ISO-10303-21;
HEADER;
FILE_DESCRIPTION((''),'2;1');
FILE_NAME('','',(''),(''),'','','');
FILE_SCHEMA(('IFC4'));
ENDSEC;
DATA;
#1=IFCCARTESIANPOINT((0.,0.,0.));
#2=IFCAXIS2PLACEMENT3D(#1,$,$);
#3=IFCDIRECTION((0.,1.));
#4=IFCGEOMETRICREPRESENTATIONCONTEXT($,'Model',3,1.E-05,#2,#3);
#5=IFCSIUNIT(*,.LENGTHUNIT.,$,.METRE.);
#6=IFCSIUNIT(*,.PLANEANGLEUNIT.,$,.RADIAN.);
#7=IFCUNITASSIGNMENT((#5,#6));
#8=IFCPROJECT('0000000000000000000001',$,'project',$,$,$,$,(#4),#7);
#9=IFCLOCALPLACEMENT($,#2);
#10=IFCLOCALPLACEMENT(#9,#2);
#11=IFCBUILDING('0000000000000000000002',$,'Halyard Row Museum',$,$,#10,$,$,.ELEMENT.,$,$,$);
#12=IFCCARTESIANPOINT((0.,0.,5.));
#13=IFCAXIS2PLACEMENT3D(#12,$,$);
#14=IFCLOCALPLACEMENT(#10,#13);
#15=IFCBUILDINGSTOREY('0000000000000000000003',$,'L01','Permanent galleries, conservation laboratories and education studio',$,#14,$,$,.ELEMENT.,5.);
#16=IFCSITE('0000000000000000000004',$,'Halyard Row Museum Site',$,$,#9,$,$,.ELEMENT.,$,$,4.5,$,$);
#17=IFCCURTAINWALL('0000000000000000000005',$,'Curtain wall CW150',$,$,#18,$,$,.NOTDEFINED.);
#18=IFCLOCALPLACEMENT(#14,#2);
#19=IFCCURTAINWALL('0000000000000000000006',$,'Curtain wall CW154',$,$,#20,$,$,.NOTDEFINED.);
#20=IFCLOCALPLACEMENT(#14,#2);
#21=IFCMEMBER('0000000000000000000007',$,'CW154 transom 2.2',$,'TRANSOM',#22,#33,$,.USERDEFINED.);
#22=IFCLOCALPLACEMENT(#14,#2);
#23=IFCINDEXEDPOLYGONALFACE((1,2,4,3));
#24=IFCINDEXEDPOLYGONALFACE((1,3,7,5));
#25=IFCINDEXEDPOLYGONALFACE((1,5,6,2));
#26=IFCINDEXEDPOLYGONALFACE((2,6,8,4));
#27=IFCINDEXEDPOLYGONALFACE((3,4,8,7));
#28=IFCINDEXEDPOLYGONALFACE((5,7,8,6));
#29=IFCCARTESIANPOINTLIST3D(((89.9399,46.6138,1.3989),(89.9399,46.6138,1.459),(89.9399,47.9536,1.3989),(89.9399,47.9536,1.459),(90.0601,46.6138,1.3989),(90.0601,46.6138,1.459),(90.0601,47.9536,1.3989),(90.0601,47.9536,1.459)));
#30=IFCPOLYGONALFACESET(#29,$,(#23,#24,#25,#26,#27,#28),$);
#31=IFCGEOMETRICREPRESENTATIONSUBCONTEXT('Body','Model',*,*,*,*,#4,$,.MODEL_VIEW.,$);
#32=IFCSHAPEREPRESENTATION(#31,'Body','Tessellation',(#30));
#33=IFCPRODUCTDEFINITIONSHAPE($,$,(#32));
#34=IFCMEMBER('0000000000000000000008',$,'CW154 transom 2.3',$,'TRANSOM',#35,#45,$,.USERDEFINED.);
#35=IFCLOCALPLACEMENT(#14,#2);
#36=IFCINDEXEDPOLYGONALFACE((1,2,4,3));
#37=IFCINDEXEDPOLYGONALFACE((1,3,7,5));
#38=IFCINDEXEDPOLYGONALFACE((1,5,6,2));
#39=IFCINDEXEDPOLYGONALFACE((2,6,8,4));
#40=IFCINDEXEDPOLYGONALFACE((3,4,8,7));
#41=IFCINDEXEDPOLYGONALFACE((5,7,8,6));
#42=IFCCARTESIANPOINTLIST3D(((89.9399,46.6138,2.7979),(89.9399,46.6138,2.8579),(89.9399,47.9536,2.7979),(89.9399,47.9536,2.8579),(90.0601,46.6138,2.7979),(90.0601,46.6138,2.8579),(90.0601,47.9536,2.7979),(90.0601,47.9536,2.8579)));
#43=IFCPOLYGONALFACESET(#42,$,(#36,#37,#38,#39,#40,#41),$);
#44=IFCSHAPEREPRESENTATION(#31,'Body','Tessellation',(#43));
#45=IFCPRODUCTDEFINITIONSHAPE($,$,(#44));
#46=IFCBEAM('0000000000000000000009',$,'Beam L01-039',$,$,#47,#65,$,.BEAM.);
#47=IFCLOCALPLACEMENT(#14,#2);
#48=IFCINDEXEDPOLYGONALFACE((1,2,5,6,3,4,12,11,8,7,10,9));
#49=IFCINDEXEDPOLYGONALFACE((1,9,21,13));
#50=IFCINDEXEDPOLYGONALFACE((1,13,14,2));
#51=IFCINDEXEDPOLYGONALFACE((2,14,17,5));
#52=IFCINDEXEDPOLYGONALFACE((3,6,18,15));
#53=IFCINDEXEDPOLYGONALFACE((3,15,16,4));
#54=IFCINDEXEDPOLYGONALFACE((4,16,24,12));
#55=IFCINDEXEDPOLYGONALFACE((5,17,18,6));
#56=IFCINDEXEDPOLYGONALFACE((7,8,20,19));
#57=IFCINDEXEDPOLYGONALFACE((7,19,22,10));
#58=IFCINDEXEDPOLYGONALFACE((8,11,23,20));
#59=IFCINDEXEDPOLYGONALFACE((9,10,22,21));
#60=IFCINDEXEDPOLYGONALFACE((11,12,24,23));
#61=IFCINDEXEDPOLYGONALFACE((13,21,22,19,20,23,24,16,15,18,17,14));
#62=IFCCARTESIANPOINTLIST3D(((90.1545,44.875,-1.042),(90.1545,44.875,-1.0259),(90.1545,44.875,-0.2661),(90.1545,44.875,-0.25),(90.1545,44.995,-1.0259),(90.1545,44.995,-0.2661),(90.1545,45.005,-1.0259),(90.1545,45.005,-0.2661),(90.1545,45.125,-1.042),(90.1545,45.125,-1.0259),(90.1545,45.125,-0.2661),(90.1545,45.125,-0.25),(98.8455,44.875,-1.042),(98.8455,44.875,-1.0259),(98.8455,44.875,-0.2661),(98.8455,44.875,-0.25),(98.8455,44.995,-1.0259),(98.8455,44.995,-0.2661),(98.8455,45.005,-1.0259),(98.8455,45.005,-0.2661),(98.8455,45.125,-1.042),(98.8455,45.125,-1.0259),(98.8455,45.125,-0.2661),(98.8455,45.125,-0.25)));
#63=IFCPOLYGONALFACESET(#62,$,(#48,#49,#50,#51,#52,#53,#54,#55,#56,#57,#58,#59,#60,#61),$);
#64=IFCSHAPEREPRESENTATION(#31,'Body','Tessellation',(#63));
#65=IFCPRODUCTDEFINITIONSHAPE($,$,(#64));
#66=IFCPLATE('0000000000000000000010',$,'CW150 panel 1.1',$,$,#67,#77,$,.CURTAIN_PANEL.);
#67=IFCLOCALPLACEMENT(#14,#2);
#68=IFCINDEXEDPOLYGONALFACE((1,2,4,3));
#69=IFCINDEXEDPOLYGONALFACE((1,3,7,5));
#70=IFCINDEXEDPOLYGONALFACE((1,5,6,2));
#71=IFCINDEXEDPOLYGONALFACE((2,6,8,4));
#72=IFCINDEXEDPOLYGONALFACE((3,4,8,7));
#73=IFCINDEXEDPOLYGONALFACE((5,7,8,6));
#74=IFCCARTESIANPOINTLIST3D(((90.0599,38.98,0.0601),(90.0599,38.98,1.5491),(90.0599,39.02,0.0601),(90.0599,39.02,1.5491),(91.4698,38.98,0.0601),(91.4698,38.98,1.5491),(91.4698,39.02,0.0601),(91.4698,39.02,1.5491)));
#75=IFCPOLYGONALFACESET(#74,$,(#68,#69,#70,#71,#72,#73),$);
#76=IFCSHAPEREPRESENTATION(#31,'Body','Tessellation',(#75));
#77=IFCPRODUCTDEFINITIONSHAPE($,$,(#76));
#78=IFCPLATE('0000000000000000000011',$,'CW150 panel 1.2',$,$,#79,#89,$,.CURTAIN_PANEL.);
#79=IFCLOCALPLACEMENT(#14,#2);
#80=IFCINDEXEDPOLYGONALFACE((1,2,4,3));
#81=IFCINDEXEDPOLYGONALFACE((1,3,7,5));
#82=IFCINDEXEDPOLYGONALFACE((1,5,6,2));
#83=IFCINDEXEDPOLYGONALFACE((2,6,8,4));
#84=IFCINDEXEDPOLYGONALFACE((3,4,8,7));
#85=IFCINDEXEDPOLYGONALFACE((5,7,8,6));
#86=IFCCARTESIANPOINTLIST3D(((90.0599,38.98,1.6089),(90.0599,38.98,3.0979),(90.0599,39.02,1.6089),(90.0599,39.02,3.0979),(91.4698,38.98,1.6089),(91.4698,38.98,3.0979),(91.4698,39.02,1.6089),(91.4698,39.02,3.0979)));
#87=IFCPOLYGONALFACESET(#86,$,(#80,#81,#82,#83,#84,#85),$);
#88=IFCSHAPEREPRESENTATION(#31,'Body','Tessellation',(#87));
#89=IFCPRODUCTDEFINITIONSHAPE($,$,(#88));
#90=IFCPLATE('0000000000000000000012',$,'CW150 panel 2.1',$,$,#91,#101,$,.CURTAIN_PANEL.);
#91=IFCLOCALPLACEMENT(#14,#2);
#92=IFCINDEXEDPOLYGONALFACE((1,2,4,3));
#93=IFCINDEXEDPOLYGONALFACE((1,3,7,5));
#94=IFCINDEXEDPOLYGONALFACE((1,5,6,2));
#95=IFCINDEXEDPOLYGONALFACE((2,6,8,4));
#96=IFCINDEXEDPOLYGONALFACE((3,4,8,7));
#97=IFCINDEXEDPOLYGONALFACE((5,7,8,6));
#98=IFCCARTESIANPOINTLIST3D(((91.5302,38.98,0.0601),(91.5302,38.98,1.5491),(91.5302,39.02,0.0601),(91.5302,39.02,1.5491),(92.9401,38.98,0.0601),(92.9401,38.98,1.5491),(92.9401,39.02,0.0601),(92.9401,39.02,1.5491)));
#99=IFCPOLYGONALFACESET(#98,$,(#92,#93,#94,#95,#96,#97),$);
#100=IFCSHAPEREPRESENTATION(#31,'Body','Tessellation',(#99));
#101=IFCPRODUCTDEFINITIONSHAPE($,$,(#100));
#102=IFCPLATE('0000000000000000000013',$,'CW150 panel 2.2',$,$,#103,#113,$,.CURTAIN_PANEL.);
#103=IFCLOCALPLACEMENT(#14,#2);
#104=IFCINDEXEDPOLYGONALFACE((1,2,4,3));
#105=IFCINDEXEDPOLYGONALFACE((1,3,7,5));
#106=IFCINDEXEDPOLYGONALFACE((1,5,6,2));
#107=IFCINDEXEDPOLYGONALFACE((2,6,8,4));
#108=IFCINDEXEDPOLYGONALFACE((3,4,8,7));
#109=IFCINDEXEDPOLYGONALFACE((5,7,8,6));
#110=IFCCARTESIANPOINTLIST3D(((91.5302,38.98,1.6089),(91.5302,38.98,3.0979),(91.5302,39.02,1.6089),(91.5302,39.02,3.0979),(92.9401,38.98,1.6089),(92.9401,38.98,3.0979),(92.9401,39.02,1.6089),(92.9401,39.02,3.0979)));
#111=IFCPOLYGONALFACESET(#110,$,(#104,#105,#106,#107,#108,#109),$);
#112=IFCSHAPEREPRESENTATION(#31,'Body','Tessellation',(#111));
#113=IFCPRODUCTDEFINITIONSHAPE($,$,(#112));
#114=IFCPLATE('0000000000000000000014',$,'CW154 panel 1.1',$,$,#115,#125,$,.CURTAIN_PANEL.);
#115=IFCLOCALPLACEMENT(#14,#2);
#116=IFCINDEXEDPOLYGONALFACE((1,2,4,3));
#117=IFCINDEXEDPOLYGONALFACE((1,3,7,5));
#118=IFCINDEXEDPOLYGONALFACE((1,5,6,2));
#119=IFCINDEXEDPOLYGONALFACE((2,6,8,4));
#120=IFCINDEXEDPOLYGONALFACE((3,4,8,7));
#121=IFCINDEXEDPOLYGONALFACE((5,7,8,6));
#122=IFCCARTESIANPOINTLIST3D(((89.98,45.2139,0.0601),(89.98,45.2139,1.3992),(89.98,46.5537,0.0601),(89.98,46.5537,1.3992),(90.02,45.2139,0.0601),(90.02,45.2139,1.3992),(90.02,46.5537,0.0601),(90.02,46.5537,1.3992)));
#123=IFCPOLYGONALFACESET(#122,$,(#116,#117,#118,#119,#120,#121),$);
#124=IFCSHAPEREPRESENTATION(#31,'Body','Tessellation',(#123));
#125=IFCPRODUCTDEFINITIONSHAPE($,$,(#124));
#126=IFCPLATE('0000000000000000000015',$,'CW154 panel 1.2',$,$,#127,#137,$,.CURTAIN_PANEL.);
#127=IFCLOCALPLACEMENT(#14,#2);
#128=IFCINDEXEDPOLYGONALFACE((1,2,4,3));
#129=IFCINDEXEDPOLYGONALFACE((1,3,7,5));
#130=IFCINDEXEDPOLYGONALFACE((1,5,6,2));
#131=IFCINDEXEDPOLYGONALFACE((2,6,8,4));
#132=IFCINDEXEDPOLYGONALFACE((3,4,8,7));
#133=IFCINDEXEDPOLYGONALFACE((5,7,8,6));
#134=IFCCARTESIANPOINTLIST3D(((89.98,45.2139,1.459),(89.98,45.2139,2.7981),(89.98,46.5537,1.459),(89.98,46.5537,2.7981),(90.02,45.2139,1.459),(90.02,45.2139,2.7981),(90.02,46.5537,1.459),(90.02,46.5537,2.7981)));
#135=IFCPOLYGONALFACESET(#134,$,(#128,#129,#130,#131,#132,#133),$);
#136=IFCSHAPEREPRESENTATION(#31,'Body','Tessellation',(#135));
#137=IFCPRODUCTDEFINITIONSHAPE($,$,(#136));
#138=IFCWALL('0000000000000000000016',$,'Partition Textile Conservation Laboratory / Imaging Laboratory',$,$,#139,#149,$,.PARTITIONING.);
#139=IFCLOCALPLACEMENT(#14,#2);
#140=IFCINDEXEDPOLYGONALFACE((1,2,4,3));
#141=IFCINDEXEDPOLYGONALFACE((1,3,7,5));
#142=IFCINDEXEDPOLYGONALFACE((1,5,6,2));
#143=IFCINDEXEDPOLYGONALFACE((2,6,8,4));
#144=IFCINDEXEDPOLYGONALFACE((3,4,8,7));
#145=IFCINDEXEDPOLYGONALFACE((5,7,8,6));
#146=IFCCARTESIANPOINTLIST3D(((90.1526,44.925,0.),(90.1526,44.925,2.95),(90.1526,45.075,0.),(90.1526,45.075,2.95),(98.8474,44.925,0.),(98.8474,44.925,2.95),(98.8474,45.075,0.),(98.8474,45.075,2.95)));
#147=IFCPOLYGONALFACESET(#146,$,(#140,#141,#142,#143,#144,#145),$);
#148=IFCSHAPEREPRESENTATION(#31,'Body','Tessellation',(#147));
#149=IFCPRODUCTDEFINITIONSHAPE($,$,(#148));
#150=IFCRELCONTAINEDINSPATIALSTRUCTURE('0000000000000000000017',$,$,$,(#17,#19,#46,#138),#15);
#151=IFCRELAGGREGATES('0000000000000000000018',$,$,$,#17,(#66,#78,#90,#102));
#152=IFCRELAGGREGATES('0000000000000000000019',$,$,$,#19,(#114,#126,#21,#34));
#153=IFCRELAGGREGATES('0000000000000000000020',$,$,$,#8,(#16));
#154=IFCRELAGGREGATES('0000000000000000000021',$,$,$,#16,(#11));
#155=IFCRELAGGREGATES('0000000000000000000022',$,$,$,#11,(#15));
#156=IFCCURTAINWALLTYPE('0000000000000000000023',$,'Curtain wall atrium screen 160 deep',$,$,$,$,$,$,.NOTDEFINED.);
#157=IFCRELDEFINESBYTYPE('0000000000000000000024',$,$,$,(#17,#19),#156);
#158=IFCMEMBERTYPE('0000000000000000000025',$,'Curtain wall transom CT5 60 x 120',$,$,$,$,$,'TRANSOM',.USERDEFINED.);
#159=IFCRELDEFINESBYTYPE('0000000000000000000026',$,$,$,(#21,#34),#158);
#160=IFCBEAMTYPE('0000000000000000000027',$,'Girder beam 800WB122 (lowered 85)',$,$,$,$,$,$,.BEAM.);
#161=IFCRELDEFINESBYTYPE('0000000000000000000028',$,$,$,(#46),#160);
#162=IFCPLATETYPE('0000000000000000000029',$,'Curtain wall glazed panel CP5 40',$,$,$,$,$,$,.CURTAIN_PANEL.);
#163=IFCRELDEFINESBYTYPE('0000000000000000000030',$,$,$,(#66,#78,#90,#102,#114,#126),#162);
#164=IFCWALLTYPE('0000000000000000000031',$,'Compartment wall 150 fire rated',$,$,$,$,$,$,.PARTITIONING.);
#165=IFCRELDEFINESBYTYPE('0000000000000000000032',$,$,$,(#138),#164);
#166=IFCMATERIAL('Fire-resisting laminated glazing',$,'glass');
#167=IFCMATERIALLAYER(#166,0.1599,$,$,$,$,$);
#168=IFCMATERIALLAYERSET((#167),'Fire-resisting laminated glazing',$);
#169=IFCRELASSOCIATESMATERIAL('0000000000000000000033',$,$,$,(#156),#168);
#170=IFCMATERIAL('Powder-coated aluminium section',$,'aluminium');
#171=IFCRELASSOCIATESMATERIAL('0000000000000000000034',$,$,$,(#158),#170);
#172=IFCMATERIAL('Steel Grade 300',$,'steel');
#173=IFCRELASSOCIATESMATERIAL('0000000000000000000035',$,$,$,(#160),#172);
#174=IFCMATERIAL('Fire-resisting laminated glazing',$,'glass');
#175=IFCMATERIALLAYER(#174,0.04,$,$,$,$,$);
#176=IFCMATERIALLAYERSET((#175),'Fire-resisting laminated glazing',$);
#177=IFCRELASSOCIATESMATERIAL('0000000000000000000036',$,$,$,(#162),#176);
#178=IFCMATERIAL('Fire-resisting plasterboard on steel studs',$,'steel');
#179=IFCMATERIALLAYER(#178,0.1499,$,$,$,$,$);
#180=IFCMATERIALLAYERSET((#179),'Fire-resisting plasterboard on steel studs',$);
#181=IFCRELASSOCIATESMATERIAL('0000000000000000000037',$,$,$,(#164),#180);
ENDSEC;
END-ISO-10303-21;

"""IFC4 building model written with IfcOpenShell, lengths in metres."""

from ifc_helpers import new_model, si_unit, direction, frame, frame_2d, origin, origin_2d, place, context, subcontext, project, spatial, rectangle, i_section, extrude, material, layer, layer_set, material_profile, profile_set, type_object, element, aggregate, save


model = new_model("IFC4")

# Units and contexts
model_context = context("Model", 3, precision=1e-05, world=origin(), true_north=direction((0.0, 1.0)))
body_context = subcontext(model_context, "Body", "Model", "MODEL_VIEW")
ifc_project = project(units=[si_unit("LENGTHUNIT", "METRE"), si_unit("PLANEANGLEUNIT", "RADIAN")], contexts=[model_context])

# Site, building, storey
site_placement = place(None, origin())
site = spatial("IfcSite", under=ifc_project, at=site_placement, Name="Halyard Row Museum Site", CompositionType="ELEMENT", RefElevation=4.5)
building_placement = place(site_placement, origin())
building = spatial("IfcBuilding", under=site, at=building_placement, Name="Halyard Row Museum", CompositionType="ELEMENT")
storey_placement = place(building_placement, frame((0.0, 0.0, 5.0)))
storey = spatial("IfcBuildingStorey", under=building, at=storey_placement, Name="L01", Description="Permanent galleries, conservation laboratories and education studio", CompositionType="ELEMENT", Elevation=5.0)

# Curtain walls
ifc_material_1 = material(Name="Fire-resisting laminated glazing", Category="glass")
ifc_layer_1 = layer(ifc_material_1, 0.1599)
ifc_layer_set_1 = layer_set([ifc_layer_1], Name="Fire-resisting laminated glazing")
curtain_wall_type = type_object("IfcCurtainWallType", Name="Curtain wall atrium screen 160 deep", PredefinedType="NOTDEFINED", material=ifc_layer_set_1)
curtain_wall_1_placement = place(storey_placement, origin())
curtain_wall_1 = element("IfcCurtainWall", 1, at=curtain_wall_1_placement, inside=storey, type_object=curtain_wall_type, Name="Curtain wall CW150", PredefinedType="NOTDEFINED")
curtain_wall_2_placement = place(storey_placement, origin())
curtain_wall_2 = element("IfcCurtainWall", 2, at=curtain_wall_2_placement, inside=storey, type_object=curtain_wall_type, Name="Curtain wall CW154", PredefinedType="NOTDEFINED")

# Members
ifc_material_2 = material(Name="Powder-coated aluminium section", Category="aluminium")
ifc_material_profile_1 = material_profile(ifc_material_2, rectangle(XDim=0.1201, YDim=0.0601, at=origin_2d()), Name="120x60 transom")
ifc_profile_set_1 = profile_set([ifc_material_profile_1], Name="Powder-coated aluminium section")
member_type_1 = type_object("IfcMemberType", Name="Curtain wall transom CT5 60 x 120", ElementType="TRANSOM", PredefinedType="USERDEFINED", material=ifc_profile_set_1)
member_1_placement = place(storey_placement, frame((90.0, 46.6138, 1.429), z_axis=(0.0, 1.0, 0.0), x_axis=(-1.0, 0.0, 0.0)))
member_1 = element("IfcMember", 3, at=member_1_placement, type_object=member_type_1, Name="CW154 transom 2.2", ObjectType="TRANSOM", PredefinedType="USERDEFINED", context=body_context, shape_type="SweptSolid", body=[
    extrude(rectangle(XDim=0.1201, YDim=0.0601, at=origin_2d()), origin(), (0.0, 0.0, 1.0), 1.3398),
])
member_2_placement = place(storey_placement, frame((90.0, 46.6138, 2.8279), z_axis=(0.0, 1.0, 0.0), x_axis=(-1.0, 0.0, 0.0)))
member_2 = element("IfcMember", 4, at=member_2_placement, type_object=member_type_1, Name="CW154 transom 2.3", ObjectType="TRANSOM", PredefinedType="USERDEFINED", context=body_context, shape_type="SweptSolid", body=[
    extrude(rectangle(XDim=0.1201, YDim=0.0601, at=origin_2d()), origin(), (0.0, 0.0, 1.0), 1.3398),
])

# Beam
ifc_material_3 = material(Name="Steel Grade 300", Category="steel")
ifc_material_profile_2 = material_profile(ifc_material_3, i_section(OverallWidth=0.25, OverallDepth=0.792, WebThickness=0.01, FlangeThickness=0.0161, at=origin_2d()), Name="800WB122")
ifc_profile_set_2 = profile_set([ifc_material_profile_2], Name="Steel Grade 300")
beam_type = type_object("IfcBeamType", Name="Girder beam 800WB122 (lowered 85)", PredefinedType="BEAM", material=ifc_profile_set_2)
beam_placement = place(storey_placement, frame((90.1545, 45.0, -0.646), z_axis=(1.0, 0.0, 0.0), x_axis=(0.0, 1.0, 0.0)))
element("IfcBeam", 5, at=beam_placement, inside=storey, type_object=beam_type, Name="Beam L01-039", PredefinedType="BEAM", context=body_context, shape_type="SweptSolid", body=[
    extrude(i_section(OverallWidth=0.25, OverallDepth=0.792, WebThickness=0.01, FlangeThickness=0.0161, at=origin_2d()), origin(), (0.0, 0.0, 1.0), 8.6909),
])

# Plates
ifc_material_4 = material(Name="Fire-resisting laminated glazing", Category="glass")
ifc_layer_2 = layer(ifc_material_4, 0.04)
ifc_layer_set_2 = layer_set([ifc_layer_2], Name="Fire-resisting laminated glazing")
plate_type = type_object("IfcPlateType", Name="Curtain wall glazed panel CP5 40", PredefinedType="CURTAIN_PANEL", material=ifc_layer_set_2)
plate_1_placement = place(storey_placement, frame((90.7649, 39.0, 0.0601), z_axis=(0.0, 0.0, 1.0), x_axis=(1.0, 0.0, 0.0)))
plate_1 = element("IfcPlate", 6, at=plate_1_placement, type_object=plate_type, Name="CW150 panel 1.1", PredefinedType="CURTAIN_PANEL", context=body_context, shape_type="SweptSolid", body=[
    extrude(rectangle(XDim=1.4099, YDim=0.04, at=origin_2d()), origin(), (0.0, 0.0, 1.0), 1.489),
])
plate_2_placement = place(storey_placement, frame((90.7649, 39.0, 1.6089), z_axis=(0.0, 0.0, 1.0), x_axis=(1.0, 0.0, 0.0)))
plate_2 = element("IfcPlate", 7, at=plate_2_placement, type_object=plate_type, Name="CW150 panel 1.2", PredefinedType="CURTAIN_PANEL", context=body_context, shape_type="SweptSolid", body=[
    extrude(rectangle(XDim=1.4099, YDim=0.04, at=origin_2d()), origin(), (0.0, 0.0, 1.0), 1.489),
])
plate_3_placement = place(storey_placement, frame((92.2351, 39.0, 0.0601), z_axis=(0.0, 0.0, 1.0), x_axis=(1.0, 0.0, 0.0)))
plate_3 = element("IfcPlate", 8, at=plate_3_placement, type_object=plate_type, Name="CW150 panel 2.1", PredefinedType="CURTAIN_PANEL", context=body_context, shape_type="SweptSolid", body=[
    extrude(rectangle(XDim=1.4099, YDim=0.04, at=origin_2d()), origin(), (0.0, 0.0, 1.0), 1.489),
])
plate_4_placement = place(storey_placement, frame((92.2351, 39.0, 1.6089), z_axis=(0.0, 0.0, 1.0), x_axis=(1.0, 0.0, 0.0)))
plate_4 = element("IfcPlate", 9, at=plate_4_placement, type_object=plate_type, Name="CW150 panel 2.2", PredefinedType="CURTAIN_PANEL", context=body_context, shape_type="SweptSolid", body=[
    extrude(rectangle(XDim=1.4099, YDim=0.04, at=origin_2d()), origin(), (0.0, 0.0, 1.0), 1.489),
])
aggregate(curtain_wall_1, [plate_1, plate_2, plate_3, plate_4])
plate_5_placement = place(storey_placement, frame((90.0, 45.8838, 0.0601), z_axis=(0.0, 0.0, 1.0), x_axis=(0.0, 1.0, 0.0)))
plate_5 = element("IfcPlate", 10, at=plate_5_placement, type_object=plate_type, Name="CW154 panel 1.1", PredefinedType="CURTAIN_PANEL", context=body_context, shape_type="SweptSolid", body=[
    extrude(rectangle(XDim=1.3398, YDim=0.04, at=origin_2d()), origin(), (0.0, 0.0, 1.0), 1.3391),
])
plate_6_placement = place(storey_placement, frame((90.0, 45.8838, 1.459), z_axis=(0.0, 0.0, 1.0), x_axis=(0.0, 1.0, 0.0)))
plate_6 = element("IfcPlate", 11, at=plate_6_placement, type_object=plate_type, Name="CW154 panel 1.2", PredefinedType="CURTAIN_PANEL", context=body_context, shape_type="SweptSolid", body=[
    extrude(rectangle(XDim=1.3398, YDim=0.04, at=origin_2d()), origin(), (0.0, 0.0, 1.0), 1.3391),
])
aggregate(curtain_wall_2, [plate_5, plate_6, member_1, member_2])

# Wall
ifc_material_5 = material(Name="Fire-resisting plasterboard on steel studs", Category="steel")
ifc_layer_3 = layer(ifc_material_5, 0.1499)
ifc_layer_set_3 = layer_set([ifc_layer_3], Name="Fire-resisting plasterboard on steel studs")
wall_type = type_object("IfcWallType", Name="Compartment wall 150 fire rated", PredefinedType="PARTITIONING", material=ifc_layer_set_3)
wall_placement = place(storey_placement, frame((90.1526, 45.0, 0.0), z_axis=(0.0, 0.0, 1.0), x_axis=(1.0, 0.0, 0.0)))
element("IfcWall", 12, at=wall_placement, inside=storey, type_object=wall_type, Name="Partition Textile Conservation Laboratory / Imaging Laboratory", PredefinedType="PARTITIONING", context=body_context, shape_type="SweptSolid", body=[
    extrude(rectangle(XDim=8.6948, YDim=0.1499, at=frame_2d((4.3474, 0.0))), origin(), (0.0, 0.0, 1.0), 2.95),
])

save(model, "model.ifc")
